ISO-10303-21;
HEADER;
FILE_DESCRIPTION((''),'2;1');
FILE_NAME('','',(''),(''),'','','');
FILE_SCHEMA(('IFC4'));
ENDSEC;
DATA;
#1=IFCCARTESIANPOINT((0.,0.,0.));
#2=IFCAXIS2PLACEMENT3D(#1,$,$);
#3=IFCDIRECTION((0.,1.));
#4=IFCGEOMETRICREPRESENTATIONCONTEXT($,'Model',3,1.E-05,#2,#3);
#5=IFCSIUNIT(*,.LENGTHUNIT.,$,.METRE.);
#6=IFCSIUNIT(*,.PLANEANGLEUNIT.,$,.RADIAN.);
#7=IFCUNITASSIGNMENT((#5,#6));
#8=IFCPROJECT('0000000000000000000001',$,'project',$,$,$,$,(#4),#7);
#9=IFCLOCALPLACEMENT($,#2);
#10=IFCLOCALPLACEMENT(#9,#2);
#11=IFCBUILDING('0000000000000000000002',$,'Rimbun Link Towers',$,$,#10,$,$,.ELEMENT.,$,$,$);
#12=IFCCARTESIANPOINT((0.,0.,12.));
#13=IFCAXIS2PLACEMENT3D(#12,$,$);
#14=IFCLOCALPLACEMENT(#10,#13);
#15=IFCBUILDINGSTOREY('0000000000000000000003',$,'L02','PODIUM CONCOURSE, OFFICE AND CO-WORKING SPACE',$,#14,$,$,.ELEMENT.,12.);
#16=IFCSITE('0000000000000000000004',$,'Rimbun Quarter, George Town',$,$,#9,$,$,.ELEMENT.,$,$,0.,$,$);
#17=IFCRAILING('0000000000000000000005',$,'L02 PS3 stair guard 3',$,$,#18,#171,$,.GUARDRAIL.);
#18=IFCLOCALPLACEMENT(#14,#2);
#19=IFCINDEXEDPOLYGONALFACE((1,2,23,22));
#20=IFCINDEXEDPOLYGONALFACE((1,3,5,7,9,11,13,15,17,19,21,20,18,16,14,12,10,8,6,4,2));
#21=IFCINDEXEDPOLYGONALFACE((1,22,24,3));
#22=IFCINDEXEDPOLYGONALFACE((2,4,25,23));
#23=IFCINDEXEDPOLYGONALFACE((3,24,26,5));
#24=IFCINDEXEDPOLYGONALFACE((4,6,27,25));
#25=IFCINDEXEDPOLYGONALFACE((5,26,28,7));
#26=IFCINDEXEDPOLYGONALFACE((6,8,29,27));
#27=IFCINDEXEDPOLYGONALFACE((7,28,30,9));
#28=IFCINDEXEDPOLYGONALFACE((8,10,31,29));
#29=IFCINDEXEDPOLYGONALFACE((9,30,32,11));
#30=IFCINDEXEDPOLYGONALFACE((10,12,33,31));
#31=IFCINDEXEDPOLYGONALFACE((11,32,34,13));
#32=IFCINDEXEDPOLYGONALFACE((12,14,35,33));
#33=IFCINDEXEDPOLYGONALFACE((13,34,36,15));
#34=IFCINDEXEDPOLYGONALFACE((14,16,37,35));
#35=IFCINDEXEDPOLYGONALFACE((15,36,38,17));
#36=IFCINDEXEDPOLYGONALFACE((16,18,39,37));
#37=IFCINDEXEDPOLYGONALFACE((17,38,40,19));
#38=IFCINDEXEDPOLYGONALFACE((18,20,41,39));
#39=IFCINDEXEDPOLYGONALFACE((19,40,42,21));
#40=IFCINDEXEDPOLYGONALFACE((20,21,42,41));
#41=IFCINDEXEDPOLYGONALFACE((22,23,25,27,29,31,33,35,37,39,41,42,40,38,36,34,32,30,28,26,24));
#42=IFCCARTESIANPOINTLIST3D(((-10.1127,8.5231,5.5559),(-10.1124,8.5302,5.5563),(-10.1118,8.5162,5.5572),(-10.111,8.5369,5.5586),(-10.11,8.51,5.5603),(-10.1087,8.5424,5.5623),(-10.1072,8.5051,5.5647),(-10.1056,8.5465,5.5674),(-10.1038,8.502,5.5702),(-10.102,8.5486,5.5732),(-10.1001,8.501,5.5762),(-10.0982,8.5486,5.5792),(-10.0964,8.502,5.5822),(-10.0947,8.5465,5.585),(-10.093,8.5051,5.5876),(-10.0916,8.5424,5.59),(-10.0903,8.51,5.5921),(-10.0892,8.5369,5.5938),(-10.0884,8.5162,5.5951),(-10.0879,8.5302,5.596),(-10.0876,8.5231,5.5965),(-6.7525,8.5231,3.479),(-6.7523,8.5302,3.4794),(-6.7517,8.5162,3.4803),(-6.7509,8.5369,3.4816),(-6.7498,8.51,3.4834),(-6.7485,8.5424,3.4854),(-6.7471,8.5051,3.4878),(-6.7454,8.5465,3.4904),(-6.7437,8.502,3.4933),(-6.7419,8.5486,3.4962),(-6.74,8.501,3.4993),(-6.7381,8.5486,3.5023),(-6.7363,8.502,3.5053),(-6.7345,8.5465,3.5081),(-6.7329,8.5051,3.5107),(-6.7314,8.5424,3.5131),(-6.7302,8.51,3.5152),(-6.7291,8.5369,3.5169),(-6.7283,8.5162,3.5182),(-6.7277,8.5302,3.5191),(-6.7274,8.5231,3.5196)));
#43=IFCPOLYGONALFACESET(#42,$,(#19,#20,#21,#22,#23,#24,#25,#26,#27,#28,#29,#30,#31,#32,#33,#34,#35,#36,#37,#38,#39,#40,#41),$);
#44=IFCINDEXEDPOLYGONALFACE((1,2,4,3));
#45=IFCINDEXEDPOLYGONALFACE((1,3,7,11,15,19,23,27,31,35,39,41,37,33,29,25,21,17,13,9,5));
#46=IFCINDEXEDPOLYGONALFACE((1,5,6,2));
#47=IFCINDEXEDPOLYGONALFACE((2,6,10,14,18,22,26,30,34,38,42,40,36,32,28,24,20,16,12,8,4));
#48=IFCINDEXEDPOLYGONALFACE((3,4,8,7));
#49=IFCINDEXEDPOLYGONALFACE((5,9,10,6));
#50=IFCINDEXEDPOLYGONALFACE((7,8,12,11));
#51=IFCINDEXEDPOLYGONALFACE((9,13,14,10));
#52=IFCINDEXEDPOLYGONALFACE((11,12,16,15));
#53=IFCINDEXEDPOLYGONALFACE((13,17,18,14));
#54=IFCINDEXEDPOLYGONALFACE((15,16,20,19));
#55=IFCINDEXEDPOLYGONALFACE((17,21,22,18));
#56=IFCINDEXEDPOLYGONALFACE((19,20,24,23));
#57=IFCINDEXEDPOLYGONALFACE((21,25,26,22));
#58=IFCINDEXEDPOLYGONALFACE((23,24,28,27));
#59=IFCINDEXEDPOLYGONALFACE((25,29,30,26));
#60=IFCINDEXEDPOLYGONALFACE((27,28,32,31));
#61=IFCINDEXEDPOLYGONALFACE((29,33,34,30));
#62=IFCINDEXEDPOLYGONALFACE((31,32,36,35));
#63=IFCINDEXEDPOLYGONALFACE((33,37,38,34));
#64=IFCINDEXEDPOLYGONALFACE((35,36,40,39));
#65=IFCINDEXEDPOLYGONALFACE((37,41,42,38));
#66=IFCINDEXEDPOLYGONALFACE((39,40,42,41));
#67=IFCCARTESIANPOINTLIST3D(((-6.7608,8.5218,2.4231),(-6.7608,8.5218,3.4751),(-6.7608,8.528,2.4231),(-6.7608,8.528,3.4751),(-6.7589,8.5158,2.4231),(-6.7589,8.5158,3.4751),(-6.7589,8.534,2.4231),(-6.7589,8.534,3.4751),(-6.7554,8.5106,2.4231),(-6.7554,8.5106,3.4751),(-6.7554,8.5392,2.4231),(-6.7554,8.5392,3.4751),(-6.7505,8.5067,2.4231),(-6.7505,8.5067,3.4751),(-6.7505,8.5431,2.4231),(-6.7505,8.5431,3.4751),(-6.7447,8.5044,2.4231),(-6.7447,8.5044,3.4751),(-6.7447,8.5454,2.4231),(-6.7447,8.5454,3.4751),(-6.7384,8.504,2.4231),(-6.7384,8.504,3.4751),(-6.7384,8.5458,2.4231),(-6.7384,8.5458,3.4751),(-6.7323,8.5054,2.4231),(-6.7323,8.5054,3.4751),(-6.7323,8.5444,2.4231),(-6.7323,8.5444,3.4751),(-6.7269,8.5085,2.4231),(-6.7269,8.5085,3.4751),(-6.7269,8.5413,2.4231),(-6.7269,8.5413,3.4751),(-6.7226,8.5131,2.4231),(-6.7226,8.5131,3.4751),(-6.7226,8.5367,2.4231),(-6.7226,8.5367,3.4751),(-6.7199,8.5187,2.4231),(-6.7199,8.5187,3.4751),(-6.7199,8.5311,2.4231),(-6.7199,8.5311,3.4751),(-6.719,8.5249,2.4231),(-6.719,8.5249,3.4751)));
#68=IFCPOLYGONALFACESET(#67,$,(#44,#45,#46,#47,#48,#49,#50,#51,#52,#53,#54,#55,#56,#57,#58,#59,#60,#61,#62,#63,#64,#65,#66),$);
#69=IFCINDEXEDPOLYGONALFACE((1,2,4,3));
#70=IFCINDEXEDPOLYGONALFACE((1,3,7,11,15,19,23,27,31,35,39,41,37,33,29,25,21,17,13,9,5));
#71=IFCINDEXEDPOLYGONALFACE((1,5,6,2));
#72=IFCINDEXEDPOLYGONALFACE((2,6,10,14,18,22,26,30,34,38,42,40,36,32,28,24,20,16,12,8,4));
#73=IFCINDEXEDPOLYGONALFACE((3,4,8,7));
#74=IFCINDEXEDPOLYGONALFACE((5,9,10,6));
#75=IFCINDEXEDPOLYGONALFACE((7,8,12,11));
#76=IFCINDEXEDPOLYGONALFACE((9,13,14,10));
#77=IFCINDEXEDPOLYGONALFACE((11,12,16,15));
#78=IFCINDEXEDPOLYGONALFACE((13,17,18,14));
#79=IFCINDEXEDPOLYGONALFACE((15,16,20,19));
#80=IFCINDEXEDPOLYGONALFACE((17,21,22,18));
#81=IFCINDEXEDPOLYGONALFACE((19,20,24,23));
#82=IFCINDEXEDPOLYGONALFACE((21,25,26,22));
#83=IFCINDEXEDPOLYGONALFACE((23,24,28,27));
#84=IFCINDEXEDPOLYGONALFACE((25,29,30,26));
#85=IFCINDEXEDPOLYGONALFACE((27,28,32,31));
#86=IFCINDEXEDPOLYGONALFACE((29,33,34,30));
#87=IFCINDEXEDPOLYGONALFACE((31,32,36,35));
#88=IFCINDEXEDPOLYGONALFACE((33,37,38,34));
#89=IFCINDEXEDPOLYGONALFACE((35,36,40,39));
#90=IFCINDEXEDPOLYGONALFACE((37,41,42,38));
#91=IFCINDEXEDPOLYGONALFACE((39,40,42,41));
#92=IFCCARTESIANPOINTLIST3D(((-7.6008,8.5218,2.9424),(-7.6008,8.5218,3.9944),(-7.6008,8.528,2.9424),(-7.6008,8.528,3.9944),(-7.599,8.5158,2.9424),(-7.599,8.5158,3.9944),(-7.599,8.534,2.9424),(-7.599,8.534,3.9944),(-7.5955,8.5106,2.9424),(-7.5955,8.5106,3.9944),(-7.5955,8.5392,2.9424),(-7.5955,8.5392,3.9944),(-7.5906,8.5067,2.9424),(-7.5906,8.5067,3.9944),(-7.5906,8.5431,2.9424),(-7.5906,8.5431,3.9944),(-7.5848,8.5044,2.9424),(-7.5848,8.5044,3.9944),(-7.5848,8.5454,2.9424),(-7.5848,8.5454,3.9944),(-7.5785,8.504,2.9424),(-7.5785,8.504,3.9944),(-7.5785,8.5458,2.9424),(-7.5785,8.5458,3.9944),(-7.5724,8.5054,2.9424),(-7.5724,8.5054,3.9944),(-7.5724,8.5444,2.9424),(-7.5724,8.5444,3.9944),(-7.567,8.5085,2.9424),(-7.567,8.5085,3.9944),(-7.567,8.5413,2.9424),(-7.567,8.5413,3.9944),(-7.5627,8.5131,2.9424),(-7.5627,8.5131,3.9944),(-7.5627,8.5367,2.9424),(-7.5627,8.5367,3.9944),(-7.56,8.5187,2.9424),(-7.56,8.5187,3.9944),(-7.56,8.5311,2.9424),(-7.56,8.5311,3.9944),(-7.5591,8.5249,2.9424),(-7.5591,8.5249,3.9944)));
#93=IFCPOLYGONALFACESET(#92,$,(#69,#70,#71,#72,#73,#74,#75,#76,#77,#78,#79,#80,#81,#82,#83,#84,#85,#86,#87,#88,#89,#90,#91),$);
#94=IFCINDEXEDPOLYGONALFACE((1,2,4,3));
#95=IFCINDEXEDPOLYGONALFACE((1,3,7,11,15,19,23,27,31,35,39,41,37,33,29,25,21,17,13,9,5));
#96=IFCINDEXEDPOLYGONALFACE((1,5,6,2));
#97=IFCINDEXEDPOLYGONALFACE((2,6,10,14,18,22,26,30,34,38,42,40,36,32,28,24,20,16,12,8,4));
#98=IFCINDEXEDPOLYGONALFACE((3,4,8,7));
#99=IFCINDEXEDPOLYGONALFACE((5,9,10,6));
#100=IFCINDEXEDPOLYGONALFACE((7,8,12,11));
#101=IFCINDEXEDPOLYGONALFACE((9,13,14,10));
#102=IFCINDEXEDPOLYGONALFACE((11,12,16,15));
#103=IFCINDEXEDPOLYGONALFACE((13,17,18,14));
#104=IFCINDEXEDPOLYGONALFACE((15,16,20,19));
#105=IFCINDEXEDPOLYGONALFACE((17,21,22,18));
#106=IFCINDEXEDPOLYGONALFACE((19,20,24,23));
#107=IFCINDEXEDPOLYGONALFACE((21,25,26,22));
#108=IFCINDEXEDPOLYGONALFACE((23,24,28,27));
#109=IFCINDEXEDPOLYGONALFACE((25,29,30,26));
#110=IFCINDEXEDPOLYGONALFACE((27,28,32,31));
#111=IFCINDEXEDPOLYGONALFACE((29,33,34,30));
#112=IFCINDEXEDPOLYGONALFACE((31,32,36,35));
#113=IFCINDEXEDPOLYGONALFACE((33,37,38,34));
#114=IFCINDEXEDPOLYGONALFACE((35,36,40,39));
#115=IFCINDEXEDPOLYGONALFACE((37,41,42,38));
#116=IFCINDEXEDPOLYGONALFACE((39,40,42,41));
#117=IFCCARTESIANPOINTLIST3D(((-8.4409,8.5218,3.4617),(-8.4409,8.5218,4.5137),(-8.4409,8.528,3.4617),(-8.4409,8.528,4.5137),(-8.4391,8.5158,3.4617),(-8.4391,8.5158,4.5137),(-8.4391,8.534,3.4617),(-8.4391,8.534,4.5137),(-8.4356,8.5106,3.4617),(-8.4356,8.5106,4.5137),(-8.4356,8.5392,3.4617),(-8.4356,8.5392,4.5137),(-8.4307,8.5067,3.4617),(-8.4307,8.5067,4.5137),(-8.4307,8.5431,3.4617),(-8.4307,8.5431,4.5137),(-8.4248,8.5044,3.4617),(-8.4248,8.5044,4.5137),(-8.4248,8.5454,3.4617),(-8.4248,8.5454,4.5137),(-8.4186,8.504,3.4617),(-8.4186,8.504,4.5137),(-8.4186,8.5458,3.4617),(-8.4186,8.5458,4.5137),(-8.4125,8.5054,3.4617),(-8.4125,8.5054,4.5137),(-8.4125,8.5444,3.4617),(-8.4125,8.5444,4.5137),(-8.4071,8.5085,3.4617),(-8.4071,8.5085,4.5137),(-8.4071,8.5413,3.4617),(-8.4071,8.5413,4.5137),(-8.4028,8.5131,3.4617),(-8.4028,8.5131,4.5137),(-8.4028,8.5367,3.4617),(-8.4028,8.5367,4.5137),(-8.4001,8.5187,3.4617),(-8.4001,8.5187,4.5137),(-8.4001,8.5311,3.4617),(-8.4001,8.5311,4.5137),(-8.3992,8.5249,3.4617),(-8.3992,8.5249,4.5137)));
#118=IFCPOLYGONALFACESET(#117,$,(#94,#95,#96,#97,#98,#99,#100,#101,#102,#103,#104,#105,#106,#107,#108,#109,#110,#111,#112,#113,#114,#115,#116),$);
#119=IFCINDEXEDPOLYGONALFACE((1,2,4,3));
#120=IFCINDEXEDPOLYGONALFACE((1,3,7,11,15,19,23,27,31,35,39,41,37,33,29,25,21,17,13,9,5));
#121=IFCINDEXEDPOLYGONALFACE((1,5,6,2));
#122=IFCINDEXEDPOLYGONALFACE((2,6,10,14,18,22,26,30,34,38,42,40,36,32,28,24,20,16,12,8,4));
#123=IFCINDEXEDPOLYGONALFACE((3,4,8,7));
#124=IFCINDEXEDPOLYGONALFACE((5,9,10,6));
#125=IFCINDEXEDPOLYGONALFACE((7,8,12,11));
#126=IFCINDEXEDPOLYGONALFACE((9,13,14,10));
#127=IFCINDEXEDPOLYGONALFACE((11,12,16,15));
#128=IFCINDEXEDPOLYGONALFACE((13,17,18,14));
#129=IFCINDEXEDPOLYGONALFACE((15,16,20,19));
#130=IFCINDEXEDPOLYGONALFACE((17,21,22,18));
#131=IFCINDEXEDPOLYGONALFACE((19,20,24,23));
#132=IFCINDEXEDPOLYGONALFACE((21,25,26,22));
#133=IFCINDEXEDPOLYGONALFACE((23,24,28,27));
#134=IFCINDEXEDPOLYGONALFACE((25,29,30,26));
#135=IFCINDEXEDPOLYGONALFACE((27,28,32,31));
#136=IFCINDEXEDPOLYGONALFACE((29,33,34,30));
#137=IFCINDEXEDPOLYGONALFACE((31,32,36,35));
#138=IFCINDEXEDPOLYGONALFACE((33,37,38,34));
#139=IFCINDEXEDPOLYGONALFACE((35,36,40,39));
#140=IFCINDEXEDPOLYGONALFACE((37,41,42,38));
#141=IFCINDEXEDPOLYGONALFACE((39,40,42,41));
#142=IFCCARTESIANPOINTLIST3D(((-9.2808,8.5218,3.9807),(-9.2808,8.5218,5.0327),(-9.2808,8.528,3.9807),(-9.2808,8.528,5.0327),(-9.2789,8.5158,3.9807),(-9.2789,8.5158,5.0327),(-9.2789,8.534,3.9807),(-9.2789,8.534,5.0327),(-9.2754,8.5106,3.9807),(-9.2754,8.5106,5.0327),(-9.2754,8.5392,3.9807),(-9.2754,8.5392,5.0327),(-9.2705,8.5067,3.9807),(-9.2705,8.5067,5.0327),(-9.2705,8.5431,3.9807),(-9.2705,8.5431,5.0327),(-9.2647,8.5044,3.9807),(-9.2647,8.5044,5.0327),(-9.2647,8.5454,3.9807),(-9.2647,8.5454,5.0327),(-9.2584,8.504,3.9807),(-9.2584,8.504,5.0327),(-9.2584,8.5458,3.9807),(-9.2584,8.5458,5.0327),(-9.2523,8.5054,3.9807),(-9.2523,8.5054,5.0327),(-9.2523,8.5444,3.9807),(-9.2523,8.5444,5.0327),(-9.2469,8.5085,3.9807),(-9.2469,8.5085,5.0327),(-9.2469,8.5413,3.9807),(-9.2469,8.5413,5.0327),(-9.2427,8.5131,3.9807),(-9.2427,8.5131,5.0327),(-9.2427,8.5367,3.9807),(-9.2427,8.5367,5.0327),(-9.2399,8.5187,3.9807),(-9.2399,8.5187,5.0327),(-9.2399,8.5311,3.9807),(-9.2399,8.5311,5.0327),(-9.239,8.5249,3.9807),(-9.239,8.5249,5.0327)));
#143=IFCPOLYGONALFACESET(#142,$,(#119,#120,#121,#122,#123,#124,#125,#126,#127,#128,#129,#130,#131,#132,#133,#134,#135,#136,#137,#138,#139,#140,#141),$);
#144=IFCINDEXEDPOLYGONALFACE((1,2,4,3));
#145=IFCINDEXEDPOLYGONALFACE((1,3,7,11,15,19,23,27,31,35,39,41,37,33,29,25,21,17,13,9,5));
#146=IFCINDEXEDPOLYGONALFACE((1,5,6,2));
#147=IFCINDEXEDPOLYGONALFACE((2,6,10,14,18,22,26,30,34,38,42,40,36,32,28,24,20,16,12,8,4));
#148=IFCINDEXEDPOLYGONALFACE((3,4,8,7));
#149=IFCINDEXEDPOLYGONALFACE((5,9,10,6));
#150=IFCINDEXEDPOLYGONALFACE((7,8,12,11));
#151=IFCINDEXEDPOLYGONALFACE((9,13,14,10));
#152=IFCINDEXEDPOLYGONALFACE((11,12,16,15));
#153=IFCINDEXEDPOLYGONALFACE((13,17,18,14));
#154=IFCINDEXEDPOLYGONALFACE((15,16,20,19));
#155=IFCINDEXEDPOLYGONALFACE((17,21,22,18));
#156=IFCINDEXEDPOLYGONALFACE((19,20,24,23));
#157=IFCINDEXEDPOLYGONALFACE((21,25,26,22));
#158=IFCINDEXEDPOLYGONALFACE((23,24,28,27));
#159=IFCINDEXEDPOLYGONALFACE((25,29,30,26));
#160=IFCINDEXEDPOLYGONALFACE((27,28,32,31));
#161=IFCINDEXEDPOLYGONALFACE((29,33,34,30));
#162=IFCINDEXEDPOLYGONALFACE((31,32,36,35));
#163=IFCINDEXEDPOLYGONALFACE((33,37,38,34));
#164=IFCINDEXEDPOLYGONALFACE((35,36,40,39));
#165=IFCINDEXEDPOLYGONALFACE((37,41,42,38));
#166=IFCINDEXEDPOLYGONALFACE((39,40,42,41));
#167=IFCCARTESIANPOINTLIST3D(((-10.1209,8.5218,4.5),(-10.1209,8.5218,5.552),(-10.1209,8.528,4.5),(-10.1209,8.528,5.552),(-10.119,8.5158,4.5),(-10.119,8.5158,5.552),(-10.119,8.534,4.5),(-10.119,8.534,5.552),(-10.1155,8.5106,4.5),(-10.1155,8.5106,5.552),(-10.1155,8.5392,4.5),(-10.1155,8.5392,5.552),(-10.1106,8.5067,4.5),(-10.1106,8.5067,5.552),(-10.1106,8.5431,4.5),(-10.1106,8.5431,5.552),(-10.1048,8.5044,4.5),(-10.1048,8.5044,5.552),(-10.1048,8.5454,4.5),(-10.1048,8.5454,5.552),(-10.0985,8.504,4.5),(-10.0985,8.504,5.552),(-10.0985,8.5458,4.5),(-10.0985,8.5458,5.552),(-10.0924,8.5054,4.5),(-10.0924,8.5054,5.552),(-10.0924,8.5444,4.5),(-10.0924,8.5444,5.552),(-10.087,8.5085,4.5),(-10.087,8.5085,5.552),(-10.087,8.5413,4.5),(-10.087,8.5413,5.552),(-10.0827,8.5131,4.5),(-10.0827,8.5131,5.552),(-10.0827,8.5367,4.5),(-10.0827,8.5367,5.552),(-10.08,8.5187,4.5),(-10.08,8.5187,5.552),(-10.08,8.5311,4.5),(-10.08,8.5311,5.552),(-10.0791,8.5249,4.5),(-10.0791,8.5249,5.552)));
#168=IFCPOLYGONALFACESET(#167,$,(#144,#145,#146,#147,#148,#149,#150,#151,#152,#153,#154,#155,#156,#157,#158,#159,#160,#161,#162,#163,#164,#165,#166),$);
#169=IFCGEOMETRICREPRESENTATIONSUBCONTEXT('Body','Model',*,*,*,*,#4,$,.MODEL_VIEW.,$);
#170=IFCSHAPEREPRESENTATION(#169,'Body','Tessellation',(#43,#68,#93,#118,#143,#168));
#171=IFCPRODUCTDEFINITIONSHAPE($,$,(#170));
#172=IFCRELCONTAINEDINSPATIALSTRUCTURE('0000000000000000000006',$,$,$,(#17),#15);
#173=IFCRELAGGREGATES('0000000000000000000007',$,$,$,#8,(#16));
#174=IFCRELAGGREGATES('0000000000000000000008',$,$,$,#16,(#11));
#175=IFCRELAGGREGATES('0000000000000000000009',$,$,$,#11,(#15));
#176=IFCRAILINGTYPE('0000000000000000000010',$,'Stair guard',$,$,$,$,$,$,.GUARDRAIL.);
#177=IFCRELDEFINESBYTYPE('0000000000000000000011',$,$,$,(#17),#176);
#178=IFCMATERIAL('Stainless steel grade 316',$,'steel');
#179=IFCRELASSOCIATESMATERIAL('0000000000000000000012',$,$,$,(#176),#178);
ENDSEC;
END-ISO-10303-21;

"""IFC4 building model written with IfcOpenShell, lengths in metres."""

from ifc_helpers import new_model, si_unit, direction, frame, origin, origin_2d, place, context, subcontext, project, spatial, circle, extrude, material, type_object, element, save


model = new_model("IFC4")

# Units and contexts
model_context = context("Model", 3, precision=1e-05, world=origin(), true_north=direction((0.0, 1.0)))
body_context = subcontext(model_context, "Body", "Model", "MODEL_VIEW")
ifc_project = project(units=[si_unit("LENGTHUNIT", "METRE"), si_unit("PLANEANGLEUNIT", "RADIAN")], contexts=[model_context])

# Site, building, storey
site_placement = place(None, origin())
site = spatial("IfcSite", under=ifc_project, at=site_placement, Name="Rimbun Quarter, George Town", CompositionType="ELEMENT", RefElevation=0.0)
building_placement = place(site_placement, origin())
building = spatial("IfcBuilding", under=site, at=building_placement, Name="Rimbun Link Towers", CompositionType="ELEMENT")
storey_placement = place(building_placement, frame((0.0, 0.0, 12.0)))
storey = spatial("IfcBuildingStorey", under=building, at=storey_placement, Name="L02", Description="PODIUM CONCOURSE, OFFICE AND CO-WORKING SPACE", CompositionType="ELEMENT", Elevation=12.0)

# Railing
ifc_material_1 = material(Name="Stainless steel grade 316", Category="steel")
railing_type_1 = type_object("IfcRailingType", Name="Stair guard", PredefinedType="GUARDRAIL", material=ifc_material_1)
railing_1_placement = place(storey_placement, frame((-6.74, 8.5249, 2.4231)))
element("IfcRailing", 1, at=railing_1_placement, inside=storey, type_object=railing_type_1, Name="L02 PS3 stair guard 3", PredefinedType="GUARDRAIL", context=body_context, shape_type="SweptSolid", body=[
    extrude(circle(Radius=0.0239, at=origin_2d()), frame((0.0, 0.0, 1.0762), z_axis=(-0.850623, 0.0, 0.525776), x_axis=(0.0, -1.0, 0.0)), (0.0, 0.0, 1.0), 3.9502),
    extrude(circle(Radius=0.021, at=origin_2d()), origin(), (0.0, 0.0, 1.0), 1.052),
    extrude(circle(Radius=0.021, at=origin_2d()), frame((-0.8401, 0.0, 0.5193)), (0.0, 0.0, 1.0), 1.052),
    extrude(circle(Radius=0.021, at=origin_2d()), frame((-1.6802, 0.0, 1.0386)), (0.0, 0.0, 1.0), 1.052),
    extrude(circle(Radius=0.021, at=origin_2d()), frame((-2.52, 0.0, 1.5576)), (0.0, 0.0, 1.0), 1.052),
    extrude(circle(Radius=0.021, at=origin_2d()), frame((-3.3601, 0.0, 2.0769)), (0.0, 0.0, 1.0), 1.052),
])

save(model, "model.ifc")
